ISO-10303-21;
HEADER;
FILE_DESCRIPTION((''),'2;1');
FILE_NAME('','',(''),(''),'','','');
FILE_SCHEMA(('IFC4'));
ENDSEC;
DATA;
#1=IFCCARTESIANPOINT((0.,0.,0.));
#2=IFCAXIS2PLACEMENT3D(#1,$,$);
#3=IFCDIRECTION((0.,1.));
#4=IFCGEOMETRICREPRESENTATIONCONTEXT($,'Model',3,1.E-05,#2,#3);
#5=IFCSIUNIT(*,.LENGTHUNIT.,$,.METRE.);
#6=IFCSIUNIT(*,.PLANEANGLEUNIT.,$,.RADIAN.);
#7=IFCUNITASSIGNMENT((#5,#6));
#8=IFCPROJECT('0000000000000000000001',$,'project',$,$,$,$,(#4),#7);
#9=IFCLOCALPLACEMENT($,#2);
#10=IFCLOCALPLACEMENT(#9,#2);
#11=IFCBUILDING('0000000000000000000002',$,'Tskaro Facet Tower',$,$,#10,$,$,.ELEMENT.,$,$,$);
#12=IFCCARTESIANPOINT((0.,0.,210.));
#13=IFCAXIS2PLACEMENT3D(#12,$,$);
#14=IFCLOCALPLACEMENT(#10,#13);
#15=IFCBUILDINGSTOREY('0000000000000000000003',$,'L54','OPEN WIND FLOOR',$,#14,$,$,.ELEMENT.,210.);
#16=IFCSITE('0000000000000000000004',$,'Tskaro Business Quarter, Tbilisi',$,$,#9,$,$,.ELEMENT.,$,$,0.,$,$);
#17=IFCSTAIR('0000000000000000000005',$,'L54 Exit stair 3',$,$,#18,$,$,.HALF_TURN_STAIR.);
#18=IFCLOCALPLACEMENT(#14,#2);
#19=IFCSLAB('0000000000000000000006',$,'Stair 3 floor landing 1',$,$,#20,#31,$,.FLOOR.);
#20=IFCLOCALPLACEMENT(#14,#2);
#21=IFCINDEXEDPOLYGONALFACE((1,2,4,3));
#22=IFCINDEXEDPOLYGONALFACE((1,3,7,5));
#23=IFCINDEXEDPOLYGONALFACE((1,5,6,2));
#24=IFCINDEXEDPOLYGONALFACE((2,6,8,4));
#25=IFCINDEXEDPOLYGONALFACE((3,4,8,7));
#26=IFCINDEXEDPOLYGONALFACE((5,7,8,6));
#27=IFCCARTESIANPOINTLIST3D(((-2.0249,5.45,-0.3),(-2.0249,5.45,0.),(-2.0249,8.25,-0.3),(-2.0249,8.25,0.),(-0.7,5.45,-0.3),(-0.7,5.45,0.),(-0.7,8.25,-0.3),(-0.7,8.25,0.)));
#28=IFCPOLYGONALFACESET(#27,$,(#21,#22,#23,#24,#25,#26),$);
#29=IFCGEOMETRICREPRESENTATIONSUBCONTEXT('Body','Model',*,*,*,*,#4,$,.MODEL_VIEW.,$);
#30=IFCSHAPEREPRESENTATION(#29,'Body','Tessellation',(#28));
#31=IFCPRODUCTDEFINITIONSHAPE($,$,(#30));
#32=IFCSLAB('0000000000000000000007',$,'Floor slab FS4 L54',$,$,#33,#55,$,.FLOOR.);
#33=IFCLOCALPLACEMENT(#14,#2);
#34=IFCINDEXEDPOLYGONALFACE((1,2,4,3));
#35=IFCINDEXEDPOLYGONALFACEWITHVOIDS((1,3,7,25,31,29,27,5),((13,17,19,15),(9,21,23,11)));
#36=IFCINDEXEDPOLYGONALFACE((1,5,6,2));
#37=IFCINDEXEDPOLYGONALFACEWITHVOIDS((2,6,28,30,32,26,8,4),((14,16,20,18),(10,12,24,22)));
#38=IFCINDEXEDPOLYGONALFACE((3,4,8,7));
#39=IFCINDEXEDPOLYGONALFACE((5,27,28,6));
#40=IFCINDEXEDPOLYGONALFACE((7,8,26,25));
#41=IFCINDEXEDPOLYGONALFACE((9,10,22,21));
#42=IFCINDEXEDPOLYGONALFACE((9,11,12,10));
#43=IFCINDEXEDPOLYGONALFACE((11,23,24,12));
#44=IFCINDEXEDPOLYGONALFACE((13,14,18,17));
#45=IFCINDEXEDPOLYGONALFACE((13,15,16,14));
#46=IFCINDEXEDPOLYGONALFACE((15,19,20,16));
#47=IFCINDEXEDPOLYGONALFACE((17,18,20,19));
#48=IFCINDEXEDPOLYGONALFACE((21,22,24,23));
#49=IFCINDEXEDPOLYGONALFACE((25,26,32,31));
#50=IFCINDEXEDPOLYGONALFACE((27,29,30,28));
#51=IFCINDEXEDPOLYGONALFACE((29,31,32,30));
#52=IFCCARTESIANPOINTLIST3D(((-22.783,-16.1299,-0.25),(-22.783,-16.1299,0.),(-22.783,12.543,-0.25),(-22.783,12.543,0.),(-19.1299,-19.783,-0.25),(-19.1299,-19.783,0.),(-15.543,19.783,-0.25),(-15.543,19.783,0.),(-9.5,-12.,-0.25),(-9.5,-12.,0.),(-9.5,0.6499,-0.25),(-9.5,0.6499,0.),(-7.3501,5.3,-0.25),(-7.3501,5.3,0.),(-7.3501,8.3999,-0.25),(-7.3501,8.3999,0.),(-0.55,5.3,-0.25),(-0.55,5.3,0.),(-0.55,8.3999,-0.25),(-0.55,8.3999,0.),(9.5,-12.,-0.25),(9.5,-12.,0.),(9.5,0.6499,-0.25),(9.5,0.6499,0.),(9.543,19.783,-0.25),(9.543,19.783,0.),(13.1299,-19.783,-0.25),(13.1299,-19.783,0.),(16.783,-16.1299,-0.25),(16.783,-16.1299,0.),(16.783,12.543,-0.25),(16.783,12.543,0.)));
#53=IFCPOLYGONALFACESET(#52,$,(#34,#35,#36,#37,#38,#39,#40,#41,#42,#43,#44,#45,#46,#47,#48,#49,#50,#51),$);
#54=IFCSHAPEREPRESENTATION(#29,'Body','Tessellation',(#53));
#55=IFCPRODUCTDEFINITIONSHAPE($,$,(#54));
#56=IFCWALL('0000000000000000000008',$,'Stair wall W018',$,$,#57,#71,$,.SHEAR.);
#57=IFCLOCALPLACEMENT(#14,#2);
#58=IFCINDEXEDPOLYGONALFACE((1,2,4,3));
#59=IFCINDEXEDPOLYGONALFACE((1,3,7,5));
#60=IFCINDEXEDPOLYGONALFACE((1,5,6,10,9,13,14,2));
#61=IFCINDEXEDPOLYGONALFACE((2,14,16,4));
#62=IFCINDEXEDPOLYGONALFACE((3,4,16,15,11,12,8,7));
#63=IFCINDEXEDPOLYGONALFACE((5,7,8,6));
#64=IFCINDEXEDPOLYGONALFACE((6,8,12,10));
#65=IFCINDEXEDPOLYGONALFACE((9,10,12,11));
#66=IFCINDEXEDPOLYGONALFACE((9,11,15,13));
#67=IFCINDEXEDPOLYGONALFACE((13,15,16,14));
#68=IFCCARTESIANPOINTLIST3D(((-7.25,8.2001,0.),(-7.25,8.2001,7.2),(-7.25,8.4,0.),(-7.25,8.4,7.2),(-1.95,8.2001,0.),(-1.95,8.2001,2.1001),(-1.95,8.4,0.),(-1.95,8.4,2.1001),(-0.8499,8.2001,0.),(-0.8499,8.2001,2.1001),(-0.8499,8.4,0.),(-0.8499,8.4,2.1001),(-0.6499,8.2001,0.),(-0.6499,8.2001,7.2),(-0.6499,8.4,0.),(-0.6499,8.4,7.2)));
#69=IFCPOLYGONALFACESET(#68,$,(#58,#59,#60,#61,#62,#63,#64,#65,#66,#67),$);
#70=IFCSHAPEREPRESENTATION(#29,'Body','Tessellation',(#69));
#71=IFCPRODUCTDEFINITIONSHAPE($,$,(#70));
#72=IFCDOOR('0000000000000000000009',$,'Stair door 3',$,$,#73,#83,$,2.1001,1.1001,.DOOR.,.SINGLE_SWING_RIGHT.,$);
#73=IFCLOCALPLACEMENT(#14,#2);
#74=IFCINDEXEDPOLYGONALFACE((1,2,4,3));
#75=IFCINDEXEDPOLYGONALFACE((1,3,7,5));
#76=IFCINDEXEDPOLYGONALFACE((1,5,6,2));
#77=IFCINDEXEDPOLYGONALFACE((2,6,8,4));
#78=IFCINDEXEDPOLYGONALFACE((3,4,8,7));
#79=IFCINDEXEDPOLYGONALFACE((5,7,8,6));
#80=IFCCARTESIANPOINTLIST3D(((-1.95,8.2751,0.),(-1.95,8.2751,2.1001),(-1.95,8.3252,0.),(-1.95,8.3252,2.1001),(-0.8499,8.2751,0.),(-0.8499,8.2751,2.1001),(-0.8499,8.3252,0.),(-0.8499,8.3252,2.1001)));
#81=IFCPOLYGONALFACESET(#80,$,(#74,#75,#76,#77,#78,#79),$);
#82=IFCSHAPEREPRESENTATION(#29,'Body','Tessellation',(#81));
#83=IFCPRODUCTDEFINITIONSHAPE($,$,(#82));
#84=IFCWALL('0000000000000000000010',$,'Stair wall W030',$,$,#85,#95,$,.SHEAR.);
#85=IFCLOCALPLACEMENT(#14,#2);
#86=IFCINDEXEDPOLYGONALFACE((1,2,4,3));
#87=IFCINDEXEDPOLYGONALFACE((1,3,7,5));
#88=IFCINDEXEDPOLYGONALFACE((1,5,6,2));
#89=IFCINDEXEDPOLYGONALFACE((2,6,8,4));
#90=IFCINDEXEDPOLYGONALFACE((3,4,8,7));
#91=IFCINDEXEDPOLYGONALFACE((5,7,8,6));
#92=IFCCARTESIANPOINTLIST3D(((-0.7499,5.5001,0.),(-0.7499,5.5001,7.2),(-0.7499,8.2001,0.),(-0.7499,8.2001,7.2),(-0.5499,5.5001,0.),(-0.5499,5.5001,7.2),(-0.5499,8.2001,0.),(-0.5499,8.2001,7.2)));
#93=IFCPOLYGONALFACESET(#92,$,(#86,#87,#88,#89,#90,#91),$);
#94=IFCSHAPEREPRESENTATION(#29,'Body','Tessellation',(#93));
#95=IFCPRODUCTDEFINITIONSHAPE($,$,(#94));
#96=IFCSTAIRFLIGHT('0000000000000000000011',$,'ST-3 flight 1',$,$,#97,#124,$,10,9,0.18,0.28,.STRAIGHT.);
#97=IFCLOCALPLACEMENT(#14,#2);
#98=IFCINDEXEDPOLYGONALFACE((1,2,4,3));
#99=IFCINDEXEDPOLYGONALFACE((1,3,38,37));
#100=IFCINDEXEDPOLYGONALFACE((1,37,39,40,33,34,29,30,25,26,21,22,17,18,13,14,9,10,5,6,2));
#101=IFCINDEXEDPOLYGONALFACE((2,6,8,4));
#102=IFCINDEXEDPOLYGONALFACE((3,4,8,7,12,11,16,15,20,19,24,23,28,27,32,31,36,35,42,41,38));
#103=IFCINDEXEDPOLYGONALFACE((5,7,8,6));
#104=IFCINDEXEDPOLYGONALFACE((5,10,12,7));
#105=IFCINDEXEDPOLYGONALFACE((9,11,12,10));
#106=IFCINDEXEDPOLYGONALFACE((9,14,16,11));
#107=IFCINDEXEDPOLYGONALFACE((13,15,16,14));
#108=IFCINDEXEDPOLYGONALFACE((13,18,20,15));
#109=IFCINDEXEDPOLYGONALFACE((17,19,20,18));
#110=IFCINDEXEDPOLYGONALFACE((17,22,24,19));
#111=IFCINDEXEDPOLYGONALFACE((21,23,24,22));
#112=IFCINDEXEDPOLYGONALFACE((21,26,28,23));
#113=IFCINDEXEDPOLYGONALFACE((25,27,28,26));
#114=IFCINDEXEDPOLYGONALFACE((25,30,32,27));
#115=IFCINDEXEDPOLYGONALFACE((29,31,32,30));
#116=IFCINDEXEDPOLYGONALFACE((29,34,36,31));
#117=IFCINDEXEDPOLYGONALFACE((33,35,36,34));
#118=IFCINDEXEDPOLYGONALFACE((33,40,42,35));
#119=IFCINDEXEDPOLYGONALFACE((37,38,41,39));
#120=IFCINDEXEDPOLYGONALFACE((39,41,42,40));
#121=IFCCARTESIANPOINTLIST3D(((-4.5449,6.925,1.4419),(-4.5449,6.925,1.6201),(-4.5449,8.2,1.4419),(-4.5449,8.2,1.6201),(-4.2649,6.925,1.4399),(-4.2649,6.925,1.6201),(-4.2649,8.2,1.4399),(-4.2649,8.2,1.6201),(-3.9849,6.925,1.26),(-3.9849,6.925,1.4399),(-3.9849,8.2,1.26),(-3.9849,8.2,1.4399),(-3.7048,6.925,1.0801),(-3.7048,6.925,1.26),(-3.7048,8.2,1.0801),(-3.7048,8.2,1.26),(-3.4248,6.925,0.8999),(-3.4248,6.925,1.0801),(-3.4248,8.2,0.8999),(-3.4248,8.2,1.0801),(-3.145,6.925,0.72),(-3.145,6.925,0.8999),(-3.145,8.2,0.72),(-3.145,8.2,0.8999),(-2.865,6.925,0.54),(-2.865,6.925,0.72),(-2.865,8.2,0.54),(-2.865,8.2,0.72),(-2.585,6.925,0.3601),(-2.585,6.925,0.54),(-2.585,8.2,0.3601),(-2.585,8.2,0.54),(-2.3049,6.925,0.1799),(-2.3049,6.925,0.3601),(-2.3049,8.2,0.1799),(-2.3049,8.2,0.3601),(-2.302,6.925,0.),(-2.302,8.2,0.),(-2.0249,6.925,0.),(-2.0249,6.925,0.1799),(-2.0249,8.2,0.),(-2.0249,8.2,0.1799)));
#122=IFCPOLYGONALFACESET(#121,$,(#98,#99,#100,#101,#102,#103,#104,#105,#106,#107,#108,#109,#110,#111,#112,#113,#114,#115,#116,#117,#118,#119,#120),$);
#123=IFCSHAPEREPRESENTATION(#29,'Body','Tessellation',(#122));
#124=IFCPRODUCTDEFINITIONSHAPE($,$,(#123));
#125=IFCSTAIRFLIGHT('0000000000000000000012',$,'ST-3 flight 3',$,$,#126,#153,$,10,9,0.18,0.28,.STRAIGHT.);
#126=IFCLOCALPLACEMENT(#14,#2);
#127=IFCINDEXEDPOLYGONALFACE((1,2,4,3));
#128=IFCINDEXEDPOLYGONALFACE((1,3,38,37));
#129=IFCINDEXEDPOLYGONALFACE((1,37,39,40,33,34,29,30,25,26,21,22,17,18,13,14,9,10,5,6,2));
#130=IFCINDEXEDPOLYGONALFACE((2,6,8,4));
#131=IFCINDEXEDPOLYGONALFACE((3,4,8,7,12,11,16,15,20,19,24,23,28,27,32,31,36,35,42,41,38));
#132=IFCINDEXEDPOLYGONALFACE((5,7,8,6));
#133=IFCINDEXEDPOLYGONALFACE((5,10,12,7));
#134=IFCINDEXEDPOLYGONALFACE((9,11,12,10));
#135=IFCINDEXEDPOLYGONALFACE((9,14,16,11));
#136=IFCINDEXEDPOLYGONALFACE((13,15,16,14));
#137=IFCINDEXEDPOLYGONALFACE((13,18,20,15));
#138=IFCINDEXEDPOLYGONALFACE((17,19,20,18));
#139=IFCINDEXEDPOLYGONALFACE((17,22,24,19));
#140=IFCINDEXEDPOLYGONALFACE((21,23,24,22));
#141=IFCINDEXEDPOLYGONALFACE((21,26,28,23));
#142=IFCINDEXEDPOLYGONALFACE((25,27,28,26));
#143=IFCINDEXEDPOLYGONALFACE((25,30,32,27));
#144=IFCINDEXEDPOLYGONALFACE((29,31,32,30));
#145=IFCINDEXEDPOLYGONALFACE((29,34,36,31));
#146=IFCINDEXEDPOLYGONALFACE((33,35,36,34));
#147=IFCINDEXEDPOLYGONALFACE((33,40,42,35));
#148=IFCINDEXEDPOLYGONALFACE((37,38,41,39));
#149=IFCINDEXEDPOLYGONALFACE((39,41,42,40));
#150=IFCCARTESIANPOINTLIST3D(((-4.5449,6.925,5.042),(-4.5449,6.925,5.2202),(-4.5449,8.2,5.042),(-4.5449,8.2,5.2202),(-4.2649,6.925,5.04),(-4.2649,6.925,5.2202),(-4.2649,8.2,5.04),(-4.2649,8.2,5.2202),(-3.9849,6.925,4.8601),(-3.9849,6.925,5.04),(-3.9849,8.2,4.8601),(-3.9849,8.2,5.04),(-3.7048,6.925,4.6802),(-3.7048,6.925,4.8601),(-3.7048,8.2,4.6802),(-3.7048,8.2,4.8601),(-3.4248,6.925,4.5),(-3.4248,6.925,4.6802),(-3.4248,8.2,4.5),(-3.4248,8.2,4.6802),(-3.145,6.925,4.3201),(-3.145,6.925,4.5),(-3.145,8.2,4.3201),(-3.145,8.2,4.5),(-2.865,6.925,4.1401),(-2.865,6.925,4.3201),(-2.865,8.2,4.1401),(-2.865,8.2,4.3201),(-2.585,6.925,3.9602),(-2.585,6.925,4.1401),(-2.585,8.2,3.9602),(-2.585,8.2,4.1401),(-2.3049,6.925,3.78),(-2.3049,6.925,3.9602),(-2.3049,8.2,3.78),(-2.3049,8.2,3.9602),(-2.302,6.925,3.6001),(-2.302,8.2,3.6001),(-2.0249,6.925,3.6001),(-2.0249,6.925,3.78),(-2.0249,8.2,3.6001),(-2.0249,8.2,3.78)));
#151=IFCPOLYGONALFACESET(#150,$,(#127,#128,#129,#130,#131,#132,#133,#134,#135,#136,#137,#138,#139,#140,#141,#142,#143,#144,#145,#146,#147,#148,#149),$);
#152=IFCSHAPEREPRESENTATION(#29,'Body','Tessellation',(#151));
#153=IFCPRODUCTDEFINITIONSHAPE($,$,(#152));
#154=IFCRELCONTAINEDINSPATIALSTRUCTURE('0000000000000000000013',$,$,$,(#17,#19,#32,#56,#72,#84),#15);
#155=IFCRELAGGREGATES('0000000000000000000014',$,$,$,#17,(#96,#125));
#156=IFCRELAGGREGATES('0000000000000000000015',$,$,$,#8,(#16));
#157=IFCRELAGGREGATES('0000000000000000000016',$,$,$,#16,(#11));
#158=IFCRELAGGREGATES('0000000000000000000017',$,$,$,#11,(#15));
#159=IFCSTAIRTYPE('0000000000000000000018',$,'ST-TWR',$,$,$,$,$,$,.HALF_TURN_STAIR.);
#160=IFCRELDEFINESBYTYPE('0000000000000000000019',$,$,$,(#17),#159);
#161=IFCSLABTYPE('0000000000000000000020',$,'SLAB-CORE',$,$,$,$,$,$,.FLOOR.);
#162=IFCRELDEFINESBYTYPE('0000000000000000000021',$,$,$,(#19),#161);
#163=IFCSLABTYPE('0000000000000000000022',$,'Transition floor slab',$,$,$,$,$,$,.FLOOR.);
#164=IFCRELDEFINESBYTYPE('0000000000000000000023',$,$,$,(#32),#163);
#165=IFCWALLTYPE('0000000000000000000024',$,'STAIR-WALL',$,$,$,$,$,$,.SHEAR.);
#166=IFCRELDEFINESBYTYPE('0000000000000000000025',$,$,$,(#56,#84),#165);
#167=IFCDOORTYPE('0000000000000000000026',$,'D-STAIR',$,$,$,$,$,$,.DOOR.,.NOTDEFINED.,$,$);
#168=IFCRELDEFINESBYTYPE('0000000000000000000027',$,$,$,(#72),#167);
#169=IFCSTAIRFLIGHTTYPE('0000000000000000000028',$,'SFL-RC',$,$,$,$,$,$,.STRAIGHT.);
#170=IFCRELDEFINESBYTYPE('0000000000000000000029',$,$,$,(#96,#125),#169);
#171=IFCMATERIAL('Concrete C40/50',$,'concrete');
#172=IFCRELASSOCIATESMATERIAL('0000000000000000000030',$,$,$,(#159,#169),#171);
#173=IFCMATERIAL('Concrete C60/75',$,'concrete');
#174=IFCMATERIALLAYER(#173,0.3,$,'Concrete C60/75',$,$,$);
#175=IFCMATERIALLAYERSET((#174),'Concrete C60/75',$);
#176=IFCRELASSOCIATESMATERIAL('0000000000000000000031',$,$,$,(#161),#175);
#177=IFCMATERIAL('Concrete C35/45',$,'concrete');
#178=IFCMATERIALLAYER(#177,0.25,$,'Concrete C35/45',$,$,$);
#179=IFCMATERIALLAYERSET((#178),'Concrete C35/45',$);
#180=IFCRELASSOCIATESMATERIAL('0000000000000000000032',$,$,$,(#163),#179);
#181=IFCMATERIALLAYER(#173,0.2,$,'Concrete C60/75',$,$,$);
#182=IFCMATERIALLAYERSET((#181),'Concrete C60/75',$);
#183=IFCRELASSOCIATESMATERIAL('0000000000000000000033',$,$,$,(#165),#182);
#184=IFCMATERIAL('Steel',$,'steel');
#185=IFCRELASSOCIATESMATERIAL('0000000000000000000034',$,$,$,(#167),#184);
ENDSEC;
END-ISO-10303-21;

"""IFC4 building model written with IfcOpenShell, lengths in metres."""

from ifc_helpers import new_model, si_unit, direction, frame, frame_2d, origin, place, context, subcontext, project, spatial, polyline, rectangle, outline, extrude, material, layer, layer_set, type_object, element, fill, aggregate, save


model = new_model("IFC4")

# Units and contexts
model_context = context("Model", 3, precision=1e-05, world=origin(), true_north=direction((0.0, 1.0)))
body_context = subcontext(model_context, "Body", "Model", "MODEL_VIEW")
ifc_project = project(units=[si_unit("LENGTHUNIT", "METRE"), si_unit("PLANEANGLEUNIT", "RADIAN")], contexts=[model_context])

# Site, building, storey
site_placement = place(None, origin())
site = spatial("IfcSite", under=ifc_project, at=site_placement, Name="Tskaro Business Quarter, Tbilisi", CompositionType="ELEMENT", RefElevation=0.0)
building_placement = place(site_placement, origin())
building = spatial("IfcBuilding", under=site, at=building_placement, Name="Tskaro Facet Tower", CompositionType="ELEMENT")
storey_placement = place(building_placement, frame((0.0, 0.0, 210.0)))
storey = spatial("IfcBuildingStorey", under=building, at=storey_placement, Name="L54", Description="OPEN WIND FLOOR", CompositionType="ELEMENT", Elevation=210.0)

# Stair
ifc_material_1 = material(Name="Concrete C40/50", Category="concrete")
stair_type = type_object("IfcStairType", Name="ST-TWR", PredefinedType="HALF_TURN_STAIR", material=ifc_material_1)
stair_1_placement = place(storey_placement, origin())
stair_1 = element("IfcStair", 1, at=stair_1_placement, inside=storey, type_object=stair_type, Name="L54 Exit stair 3", PredefinedType="HALF_TURN_STAIR")

# Slabs
ifc_material_2 = material(Name="Concrete C60/75", Category="concrete")
ifc_layer_1 = layer(ifc_material_2, 0.3, Name="Concrete C60/75")
ifc_layer_set_1 = layer_set([ifc_layer_1], Name="Concrete C60/75")
slab_type_1 = type_object("IfcSlabType", Name="SLAB-CORE", PredefinedType="FLOOR", material=ifc_layer_set_1)
slab_1_placement = place(storey_placement, frame((0.0, 0.0, -0.3)))
element("IfcSlab", 2, at=slab_1_placement, inside=storey, type_object=slab_type_1, Name="Stair 3 floor landing 1", PredefinedType="FLOOR", context=body_context, shape_type="SweptSolid", body=[
    extrude(outline(polyline([(-2.0249, 5.45), (-0.7, 5.45), (-0.7, 8.25), (-2.0249, 8.25), (-2.0249, 5.45)])), origin(), (0.0, 0.0, 1.0), 0.3),
])
ifc_material_3 = material(Name="Concrete C35/45", Category="concrete")
ifc_layer_2 = layer(ifc_material_3, 0.25, Name="Concrete C35/45")
ifc_layer_set_2 = layer_set([ifc_layer_2], Name="Concrete C35/45")
slab_type_2 = type_object("IfcSlabType", Name="Transition floor slab", PredefinedType="FLOOR", material=ifc_layer_set_2)
slab_2_placement = place(storey_placement, frame((0.0, 0.0, -0.25)))
element("IfcSlab", 3, at=slab_2_placement, inside=storey, type_object=slab_type_2, Name="Floor slab FS4 L54", PredefinedType="FLOOR", context=body_context, shape_type="SweptSolid", body=[
    extrude(outline(polyline([(-19.1299, -19.783), (13.1299, -19.783), (16.783, -16.1299), (16.783, 12.543), (9.543, 19.783), (-15.543, 19.783), (-22.783, 12.543), (-22.783, -16.1299), (-19.1299, -19.783)]), holes=[polyline([(-9.5, -12.0), (9.5, -12.0), (9.5, 0.6499), (-9.5, 0.6499), (-9.5, -12.0)]), polyline([(-7.3501, 5.3), (-0.55, 5.3), (-0.55, 8.3999), (-7.3501, 8.3999), (-7.3501, 5.3)])]), origin(), (0.0, 0.0, 1.0), 0.25),
])

# Wall, opening, door
ifc_layer_3 = layer(ifc_material_2, 0.2, Name="Concrete C60/75")
ifc_layer_set_3 = layer_set([ifc_layer_3], Name="Concrete C60/75")
wall_type = type_object("IfcWallType", Name="STAIR-WALL", PredefinedType="SHEAR", material=ifc_layer_set_3)
wall_1_placement = place(storey_placement, frame((-0.6499, 8.3, 0.0), z_axis=(0.0, 0.0, 1.0), x_axis=(-1.0, 0.0, 0.0)))
wall_1 = element("IfcWall", 4, at=wall_1_placement, inside=storey, type_object=wall_type, Name="Stair wall W018", PredefinedType="SHEAR", context=body_context, shape_type="SweptSolid", body=[
    extrude(rectangle(XDim=6.6001, YDim=0.2, at=frame_2d((3.3, 0.0))), origin(), (0.0, 0.0, 1.0), 7.2),
])
opening_placement = place(wall_1_placement, frame((0.2, 0.0, 0.0)))
opening = element("IfcOpeningElement", 5, at=opening_placement, cuts=wall_1, PredefinedType="OPENING", context=body_context, shape_type="SweptSolid", body=[
    extrude(rectangle(XDim=1.1001, YDim=2.1001, at=frame_2d((0.55, 1.05))), frame((0.0, 0.1099, 0.0), z_axis=(0.0, -1.0, 0.0), x_axis=(1.0, 0.0, 0.0)), (0.0, 0.0, 1.0), 0.22),
])
ifc_material_4 = material(Name="Steel", Category="steel")
door_type = type_object("IfcDoorType", Name="D-STAIR", OperationType="NOTDEFINED", PredefinedType="DOOR", material=ifc_material_4)
door_placement = place(opening_placement, origin())
door = element("IfcDoor", 6, at=door_placement, inside=storey, type_object=door_type, Name="Stair door 3", OperationType="SINGLE_SWING_RIGHT", OverallHeight=2.1001, OverallWidth=1.1001, PredefinedType="DOOR", context=body_context, shape_type="SweptSolid", body=[
    extrude(rectangle(XDim=1.1001, YDim=2.1001, at=frame_2d((0.55, 1.05))), frame((0.0, 0.0249, 0.0), z_axis=(0.0, -1.0, 0.0), x_axis=(1.0, 0.0, 0.0)), (0.0, 0.0, 1.0), 0.05),
])
fill(opening, door)

# Wall
wall_2_placement = place(storey_placement, frame((-0.6499, 5.5, 0.0), z_axis=(0.0, 0.0, 1.0), x_axis=(0.0, 1.0, 0.0)))
element("IfcWall", 7, at=wall_2_placement, inside=storey, type_object=wall_type, Name="Stair wall W030", PredefinedType="SHEAR", context=body_context, shape_type="SweptSolid", body=[
    extrude(rectangle(XDim=2.7, YDim=0.2, at=frame_2d((1.3501, 0.0))), origin(), (0.0, 0.0, 1.0), 7.2),
])

# Stair flights
stair_flight_type = type_object("IfcStairFlightType", Name="SFL-RC", PredefinedType="STRAIGHT", material=ifc_material_1)
stair_flight_1_placement = place(storey_placement, frame((-2.0249, 7.5625, 0.0), z_axis=(0.0, 0.0, 1.0), x_axis=(-1.0, 0.0, 0.0)))
stair_flight_1 = element("IfcStairFlight", 8, at=stair_flight_1_placement, type_object=stair_flight_type, Name="ST-3 flight 1", NumberOfRisers=10, NumberOfTreads=9, PredefinedType="STRAIGHT", RiserHeight=0.18, TreadLength=0.28, context=body_context, shape_type="SweptSolid", body=[
    extrude(outline(polyline([(0.0, 0.0), (0.0, 0.1799), (0.28, 0.1799), (0.28, 0.3601), (0.5601, 0.3601), (0.5601, 0.54), (0.8401, 0.54), (0.8401, 0.72), (1.1201, 0.72), (1.1201, 0.8999), (1.3999, 0.8999), (1.3999, 1.0801), (1.6799, 1.0801), (1.6799, 1.26), (1.96, 1.26), (1.96, 1.4399), (2.24, 1.4399), (2.24, 1.6201), (2.52, 1.6201), (2.52, 1.8), (2.52, 1.4419), (0.2771, 0.0), (0.0, 0.0)])), frame((0.0, 0.6375, 0.0), z_axis=(0.0, -1.0, 0.0), x_axis=(1.0, 0.0, 0.0)), (0.0, 0.0, 1.0), 1.2749),
])
stair_flight_2_placement = place(storey_placement, frame((-2.0249, 7.5625, 3.6001), z_axis=(0.0, 0.0, 1.0), x_axis=(-1.0, 0.0, 0.0)))
stair_flight_2 = element("IfcStairFlight", 9, at=stair_flight_2_placement, type_object=stair_flight_type, Name="ST-3 flight 3", NumberOfRisers=10, NumberOfTreads=9, PredefinedType="STRAIGHT", RiserHeight=0.18, TreadLength=0.28, context=body_context, shape_type="SweptSolid", body=[
    extrude(outline(polyline([(0.0, 0.0), (0.0, 0.1799), (0.28, 0.1799), (0.28, 0.3601), (0.5601, 0.3601), (0.5601, 0.54), (0.8401, 0.54), (0.8401, 0.72), (1.1201, 0.72), (1.1201, 0.8999), (1.3999, 0.8999), (1.3999, 1.0801), (1.6799, 1.0801), (1.6799, 1.26), (1.96, 1.26), (1.96, 1.4399), (2.24, 1.4399), (2.24, 1.6201), (2.52, 1.6201), (2.52, 1.8), (2.52, 1.4419), (0.2771, 0.0), (0.0, 0.0)])), frame((0.0, 0.6375, 0.0), z_axis=(0.0, -1.0, 0.0), x_axis=(1.0, 0.0, 0.0)), (0.0, 0.0, 1.0), 1.2749),
])
aggregate(stair_1, [stair_flight_1, stair_flight_2])

save(model, "model.ifc")
